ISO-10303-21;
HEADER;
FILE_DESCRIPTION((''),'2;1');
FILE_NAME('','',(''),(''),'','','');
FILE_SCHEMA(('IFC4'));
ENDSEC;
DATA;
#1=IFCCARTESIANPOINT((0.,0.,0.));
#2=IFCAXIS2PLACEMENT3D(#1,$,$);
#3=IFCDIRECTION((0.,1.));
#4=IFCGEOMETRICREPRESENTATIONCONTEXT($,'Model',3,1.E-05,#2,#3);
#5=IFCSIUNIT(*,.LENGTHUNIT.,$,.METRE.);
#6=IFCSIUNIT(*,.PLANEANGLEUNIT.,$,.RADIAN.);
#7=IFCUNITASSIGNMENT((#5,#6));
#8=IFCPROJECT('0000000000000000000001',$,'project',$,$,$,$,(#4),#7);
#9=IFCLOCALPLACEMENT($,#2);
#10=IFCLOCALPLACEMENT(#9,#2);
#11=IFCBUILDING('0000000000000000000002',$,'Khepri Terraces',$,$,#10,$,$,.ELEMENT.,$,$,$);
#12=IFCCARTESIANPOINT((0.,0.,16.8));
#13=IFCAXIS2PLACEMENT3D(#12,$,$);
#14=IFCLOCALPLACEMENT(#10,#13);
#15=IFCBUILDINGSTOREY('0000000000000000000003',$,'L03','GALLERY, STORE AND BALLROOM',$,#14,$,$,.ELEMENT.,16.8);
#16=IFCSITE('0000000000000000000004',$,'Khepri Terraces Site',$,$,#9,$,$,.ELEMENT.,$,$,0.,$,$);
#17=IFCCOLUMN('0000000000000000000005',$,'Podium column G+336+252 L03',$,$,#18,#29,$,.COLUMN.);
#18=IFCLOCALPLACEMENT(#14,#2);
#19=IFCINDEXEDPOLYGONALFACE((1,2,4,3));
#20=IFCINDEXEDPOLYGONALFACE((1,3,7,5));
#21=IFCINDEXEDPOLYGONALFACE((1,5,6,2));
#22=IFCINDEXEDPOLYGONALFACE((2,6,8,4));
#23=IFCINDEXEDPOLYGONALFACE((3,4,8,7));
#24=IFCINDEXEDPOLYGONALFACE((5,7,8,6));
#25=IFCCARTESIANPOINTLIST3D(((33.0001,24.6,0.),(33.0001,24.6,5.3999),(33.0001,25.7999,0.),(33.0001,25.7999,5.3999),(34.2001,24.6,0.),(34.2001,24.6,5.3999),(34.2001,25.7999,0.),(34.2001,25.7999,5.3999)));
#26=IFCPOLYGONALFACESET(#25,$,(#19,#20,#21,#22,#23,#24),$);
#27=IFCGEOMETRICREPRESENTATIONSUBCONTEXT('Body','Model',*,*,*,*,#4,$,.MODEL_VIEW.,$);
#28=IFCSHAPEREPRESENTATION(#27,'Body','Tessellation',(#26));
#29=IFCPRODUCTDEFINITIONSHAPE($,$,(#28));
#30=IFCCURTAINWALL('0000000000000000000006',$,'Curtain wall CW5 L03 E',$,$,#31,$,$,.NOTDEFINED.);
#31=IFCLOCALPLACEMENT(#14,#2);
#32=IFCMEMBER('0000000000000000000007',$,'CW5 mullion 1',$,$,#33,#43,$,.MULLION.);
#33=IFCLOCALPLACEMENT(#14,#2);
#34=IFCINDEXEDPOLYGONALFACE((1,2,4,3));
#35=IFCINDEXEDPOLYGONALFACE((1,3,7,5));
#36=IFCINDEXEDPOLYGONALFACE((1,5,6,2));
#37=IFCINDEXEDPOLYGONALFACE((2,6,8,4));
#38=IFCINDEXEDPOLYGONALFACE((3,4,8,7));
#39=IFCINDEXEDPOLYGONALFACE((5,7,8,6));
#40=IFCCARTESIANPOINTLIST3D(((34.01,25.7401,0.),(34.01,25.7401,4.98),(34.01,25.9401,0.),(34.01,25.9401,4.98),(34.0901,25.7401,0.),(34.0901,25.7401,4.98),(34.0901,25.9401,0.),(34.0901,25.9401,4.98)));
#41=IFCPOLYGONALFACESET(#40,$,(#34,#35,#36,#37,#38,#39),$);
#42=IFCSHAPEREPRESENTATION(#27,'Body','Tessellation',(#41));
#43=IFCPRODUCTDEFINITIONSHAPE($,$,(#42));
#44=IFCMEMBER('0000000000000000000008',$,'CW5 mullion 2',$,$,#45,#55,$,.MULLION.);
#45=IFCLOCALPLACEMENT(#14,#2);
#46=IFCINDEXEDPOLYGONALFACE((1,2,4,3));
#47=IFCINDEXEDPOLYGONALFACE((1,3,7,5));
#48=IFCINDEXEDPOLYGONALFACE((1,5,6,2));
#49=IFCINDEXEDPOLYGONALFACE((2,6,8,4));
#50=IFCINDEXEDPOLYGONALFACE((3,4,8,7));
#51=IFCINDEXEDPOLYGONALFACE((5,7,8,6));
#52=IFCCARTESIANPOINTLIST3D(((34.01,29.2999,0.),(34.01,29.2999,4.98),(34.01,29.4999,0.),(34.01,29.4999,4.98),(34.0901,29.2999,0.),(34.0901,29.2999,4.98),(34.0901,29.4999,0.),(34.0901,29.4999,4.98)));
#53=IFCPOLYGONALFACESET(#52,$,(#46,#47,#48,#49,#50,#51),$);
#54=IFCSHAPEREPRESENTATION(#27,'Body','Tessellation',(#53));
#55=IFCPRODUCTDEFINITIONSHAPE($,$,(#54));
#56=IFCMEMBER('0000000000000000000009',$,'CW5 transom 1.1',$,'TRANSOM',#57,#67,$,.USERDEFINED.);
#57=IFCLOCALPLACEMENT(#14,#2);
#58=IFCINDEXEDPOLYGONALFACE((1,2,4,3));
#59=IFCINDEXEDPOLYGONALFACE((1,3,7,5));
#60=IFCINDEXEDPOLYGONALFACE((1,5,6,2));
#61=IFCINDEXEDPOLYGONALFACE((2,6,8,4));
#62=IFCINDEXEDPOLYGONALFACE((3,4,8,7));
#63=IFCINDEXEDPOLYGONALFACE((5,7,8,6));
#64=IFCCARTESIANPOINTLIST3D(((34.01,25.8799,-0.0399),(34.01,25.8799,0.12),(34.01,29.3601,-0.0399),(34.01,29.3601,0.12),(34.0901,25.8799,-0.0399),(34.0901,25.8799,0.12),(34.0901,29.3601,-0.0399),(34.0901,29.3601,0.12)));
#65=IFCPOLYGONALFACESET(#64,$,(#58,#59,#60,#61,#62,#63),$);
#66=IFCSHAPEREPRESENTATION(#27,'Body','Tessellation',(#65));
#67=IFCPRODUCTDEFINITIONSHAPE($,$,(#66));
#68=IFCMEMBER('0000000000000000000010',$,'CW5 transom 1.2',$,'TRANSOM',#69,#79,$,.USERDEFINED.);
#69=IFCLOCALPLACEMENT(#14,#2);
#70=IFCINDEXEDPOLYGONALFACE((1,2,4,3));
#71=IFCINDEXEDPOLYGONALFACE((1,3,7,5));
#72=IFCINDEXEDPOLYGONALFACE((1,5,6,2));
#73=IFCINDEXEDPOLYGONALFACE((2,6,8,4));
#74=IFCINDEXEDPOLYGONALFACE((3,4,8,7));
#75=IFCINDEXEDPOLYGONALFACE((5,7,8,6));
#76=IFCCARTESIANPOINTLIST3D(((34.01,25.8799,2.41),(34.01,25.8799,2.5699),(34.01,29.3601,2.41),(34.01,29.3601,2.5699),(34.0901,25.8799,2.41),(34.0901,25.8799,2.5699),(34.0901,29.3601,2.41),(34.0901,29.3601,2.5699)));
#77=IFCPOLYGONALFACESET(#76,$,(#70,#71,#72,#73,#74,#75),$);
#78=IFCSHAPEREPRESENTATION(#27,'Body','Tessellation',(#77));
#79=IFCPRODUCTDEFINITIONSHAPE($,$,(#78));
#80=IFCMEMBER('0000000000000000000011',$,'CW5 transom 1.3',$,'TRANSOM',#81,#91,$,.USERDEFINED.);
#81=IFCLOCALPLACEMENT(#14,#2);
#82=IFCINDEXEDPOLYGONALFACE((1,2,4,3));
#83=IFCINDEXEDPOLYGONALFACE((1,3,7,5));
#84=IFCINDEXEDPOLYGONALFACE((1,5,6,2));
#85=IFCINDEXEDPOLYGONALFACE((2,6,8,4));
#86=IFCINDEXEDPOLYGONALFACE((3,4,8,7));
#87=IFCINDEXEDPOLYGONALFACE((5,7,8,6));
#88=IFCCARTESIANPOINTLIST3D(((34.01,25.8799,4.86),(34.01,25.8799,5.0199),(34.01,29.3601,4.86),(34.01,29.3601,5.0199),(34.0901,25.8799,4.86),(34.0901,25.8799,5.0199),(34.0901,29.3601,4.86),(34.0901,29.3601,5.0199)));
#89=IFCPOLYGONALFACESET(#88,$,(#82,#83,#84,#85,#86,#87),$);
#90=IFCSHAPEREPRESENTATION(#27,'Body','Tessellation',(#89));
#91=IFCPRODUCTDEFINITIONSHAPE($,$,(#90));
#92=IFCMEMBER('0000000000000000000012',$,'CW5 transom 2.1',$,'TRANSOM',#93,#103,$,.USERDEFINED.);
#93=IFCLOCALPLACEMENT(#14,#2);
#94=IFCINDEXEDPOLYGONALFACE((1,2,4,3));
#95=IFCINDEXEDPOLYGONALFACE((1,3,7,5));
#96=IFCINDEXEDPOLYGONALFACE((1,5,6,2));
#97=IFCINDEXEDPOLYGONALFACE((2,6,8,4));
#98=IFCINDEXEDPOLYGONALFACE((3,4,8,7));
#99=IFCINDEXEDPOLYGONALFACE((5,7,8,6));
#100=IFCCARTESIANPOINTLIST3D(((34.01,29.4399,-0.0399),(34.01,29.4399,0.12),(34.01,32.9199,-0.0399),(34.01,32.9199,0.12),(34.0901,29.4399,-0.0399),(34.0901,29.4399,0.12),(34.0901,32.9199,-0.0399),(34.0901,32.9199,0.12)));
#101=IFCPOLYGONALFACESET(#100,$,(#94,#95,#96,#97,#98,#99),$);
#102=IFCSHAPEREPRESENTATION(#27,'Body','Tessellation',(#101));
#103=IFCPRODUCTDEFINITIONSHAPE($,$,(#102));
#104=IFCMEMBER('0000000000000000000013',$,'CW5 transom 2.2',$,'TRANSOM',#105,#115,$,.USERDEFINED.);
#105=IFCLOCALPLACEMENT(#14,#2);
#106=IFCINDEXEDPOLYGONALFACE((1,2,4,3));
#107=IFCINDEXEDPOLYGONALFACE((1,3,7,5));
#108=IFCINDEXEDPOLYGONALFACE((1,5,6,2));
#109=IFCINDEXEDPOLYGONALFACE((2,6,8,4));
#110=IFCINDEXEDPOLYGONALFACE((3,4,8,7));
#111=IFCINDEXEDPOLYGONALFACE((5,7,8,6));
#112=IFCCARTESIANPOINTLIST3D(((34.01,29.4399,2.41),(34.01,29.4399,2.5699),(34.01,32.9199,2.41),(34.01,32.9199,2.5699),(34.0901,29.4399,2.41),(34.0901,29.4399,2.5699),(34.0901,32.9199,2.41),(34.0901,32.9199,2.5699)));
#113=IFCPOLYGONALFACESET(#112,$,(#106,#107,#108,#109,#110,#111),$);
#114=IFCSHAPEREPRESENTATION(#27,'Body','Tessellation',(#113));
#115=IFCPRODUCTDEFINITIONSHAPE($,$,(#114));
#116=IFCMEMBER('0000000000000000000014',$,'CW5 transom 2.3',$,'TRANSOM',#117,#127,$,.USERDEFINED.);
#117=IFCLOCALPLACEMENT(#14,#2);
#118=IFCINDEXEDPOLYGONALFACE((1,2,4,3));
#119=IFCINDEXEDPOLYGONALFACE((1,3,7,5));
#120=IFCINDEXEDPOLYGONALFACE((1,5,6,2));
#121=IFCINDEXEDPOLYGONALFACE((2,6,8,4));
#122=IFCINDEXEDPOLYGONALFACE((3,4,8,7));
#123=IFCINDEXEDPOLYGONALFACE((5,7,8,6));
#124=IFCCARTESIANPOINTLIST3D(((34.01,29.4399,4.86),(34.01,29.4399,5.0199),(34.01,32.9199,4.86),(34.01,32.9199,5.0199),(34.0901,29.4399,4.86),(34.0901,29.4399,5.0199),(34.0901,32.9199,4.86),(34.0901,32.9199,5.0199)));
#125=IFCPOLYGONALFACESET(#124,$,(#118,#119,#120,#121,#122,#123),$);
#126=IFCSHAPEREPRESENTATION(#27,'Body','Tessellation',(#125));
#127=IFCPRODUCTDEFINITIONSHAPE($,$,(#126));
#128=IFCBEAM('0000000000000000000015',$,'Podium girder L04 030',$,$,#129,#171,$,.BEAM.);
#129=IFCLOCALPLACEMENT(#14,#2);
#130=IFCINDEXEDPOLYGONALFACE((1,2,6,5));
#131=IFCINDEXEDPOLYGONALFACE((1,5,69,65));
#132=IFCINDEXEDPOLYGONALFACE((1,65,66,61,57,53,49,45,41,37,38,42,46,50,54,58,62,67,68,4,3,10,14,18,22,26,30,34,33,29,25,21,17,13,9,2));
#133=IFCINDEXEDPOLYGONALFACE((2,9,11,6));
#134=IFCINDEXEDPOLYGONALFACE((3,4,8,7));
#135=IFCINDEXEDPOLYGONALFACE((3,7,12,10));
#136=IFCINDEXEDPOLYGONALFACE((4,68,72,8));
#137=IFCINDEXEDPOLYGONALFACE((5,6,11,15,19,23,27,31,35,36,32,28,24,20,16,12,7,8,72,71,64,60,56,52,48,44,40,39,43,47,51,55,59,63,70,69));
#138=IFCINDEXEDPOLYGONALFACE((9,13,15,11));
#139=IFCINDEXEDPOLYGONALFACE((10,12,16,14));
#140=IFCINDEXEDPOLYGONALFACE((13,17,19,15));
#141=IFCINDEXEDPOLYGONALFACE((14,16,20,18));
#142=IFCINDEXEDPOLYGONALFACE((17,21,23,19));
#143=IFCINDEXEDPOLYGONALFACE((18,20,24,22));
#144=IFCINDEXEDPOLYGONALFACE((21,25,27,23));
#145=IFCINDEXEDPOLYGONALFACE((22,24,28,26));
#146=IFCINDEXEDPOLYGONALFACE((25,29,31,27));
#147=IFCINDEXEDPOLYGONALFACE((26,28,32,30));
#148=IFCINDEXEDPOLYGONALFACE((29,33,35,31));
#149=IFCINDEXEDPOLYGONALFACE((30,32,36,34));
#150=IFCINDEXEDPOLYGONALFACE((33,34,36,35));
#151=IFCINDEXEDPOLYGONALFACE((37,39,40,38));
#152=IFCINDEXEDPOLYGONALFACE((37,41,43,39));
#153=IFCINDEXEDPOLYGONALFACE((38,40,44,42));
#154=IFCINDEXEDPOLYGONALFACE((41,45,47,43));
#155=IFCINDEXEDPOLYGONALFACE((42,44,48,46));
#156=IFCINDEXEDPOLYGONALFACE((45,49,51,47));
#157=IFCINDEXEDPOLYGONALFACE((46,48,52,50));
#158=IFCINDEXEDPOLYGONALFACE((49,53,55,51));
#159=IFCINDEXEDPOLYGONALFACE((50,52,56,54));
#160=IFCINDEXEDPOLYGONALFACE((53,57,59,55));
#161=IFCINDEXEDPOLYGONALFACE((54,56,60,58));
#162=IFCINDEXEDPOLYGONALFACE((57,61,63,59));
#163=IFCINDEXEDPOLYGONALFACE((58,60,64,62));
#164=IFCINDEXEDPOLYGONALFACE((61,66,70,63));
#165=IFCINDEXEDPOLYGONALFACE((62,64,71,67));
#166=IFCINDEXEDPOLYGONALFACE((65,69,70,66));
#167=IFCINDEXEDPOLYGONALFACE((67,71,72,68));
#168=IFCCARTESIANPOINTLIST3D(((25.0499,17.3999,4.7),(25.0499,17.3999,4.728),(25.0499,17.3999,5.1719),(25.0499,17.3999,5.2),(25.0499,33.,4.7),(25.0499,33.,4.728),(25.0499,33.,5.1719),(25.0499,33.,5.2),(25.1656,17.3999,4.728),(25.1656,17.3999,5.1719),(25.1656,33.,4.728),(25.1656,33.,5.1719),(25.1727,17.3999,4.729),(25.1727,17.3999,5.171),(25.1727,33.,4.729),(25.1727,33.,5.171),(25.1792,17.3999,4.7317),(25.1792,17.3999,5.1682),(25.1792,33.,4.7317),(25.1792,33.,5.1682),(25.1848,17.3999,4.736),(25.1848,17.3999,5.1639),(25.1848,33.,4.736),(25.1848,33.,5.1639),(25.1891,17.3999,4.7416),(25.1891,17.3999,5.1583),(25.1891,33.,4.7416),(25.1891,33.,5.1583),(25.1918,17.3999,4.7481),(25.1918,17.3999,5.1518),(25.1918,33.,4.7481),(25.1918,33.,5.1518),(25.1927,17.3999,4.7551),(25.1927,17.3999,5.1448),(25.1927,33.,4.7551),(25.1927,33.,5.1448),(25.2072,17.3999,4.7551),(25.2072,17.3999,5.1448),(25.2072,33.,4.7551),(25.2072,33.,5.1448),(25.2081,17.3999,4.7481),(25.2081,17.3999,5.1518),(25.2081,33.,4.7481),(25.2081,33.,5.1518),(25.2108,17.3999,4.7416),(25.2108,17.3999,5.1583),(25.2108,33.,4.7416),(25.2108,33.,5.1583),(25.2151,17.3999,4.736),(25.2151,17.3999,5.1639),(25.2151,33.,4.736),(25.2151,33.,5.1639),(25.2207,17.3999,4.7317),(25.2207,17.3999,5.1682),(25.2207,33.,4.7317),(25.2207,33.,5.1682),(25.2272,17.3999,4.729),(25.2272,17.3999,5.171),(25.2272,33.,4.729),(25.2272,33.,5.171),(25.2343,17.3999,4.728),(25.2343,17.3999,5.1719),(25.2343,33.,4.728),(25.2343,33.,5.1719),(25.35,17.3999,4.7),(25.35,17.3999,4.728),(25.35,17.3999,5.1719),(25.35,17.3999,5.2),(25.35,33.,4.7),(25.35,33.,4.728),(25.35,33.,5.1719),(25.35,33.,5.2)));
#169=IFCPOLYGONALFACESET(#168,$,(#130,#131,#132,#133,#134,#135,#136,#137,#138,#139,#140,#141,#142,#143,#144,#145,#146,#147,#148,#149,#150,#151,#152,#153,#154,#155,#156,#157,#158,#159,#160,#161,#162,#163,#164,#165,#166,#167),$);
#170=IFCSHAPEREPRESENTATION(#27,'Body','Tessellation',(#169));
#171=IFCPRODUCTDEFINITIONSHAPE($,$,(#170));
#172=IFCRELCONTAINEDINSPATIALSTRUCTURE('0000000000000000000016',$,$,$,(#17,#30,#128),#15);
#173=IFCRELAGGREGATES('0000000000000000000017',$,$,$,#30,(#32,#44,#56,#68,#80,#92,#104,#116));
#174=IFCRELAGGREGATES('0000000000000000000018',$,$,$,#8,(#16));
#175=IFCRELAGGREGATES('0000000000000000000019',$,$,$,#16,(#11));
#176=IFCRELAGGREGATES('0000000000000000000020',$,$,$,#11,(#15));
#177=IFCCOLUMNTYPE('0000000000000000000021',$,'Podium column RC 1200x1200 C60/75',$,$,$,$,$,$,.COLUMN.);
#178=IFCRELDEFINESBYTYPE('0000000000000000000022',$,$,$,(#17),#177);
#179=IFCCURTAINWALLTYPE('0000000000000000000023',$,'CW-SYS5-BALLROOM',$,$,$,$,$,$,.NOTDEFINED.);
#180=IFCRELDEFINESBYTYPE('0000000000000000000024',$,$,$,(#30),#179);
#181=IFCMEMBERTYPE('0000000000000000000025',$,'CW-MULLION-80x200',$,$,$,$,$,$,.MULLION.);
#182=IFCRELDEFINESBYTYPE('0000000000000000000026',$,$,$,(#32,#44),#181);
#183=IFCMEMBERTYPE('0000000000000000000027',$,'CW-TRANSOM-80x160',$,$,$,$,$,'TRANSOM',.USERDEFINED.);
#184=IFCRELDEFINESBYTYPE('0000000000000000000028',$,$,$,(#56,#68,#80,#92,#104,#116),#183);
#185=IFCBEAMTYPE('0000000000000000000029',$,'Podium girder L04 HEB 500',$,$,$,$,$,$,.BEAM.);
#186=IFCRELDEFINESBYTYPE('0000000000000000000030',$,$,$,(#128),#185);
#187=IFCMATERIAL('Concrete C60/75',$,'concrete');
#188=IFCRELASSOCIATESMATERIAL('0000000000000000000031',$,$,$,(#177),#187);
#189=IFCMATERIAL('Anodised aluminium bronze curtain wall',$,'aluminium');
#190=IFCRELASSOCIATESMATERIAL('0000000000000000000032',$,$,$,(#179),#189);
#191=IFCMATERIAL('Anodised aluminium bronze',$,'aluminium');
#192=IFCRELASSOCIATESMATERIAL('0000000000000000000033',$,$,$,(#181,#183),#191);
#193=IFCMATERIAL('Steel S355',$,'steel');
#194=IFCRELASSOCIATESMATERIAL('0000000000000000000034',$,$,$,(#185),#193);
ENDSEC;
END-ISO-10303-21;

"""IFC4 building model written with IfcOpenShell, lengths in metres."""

from ifc_helpers import new_model, si_unit, direction, frame, origin, origin_2d, place, context, subcontext, project, spatial, rectangle, i_section, extrude, material, material_profile, profile_set, type_object, element, aggregate, save


model = new_model("IFC4")

# Units and contexts
model_context = context("Model", 3, precision=1e-05, world=origin(), true_north=direction((0.0, 1.0)))
body_context = subcontext(model_context, "Body", "Model", "MODEL_VIEW")
ifc_project = project(units=[si_unit("LENGTHUNIT", "METRE"), si_unit("PLANEANGLEUNIT", "RADIAN")], contexts=[model_context])

# Site, building, storey
site_placement = place(None, origin())
site = spatial("IfcSite", under=ifc_project, at=site_placement, Name="Khepri Terraces Site", CompositionType="ELEMENT", RefElevation=0.0)
building_placement = place(site_placement, origin())
building = spatial("IfcBuilding", under=site, at=building_placement, Name="Khepri Terraces", CompositionType="ELEMENT")
storey_placement = place(building_placement, frame((0.0, 0.0, 16.8)))
storey = spatial("IfcBuildingStorey", under=building, at=storey_placement, Name="L03", Description="GALLERY, STORE AND BALLROOM", CompositionType="ELEMENT", Elevation=16.8)

# Column
ifc_material_1 = material(Name="Concrete C60/75", Category="concrete")
ifc_material_profile_1 = material_profile(ifc_material_1, rectangle(XDim=1.2, YDim=1.2, at=origin_2d()), Name="Concrete C60/75", Category="concrete")
ifc_profile_set_1 = profile_set([ifc_material_profile_1], Name="Concrete C60/75")
column_type = type_object("IfcColumnType", Name="Podium column RC 1200x1200 C60/75", PredefinedType="COLUMN", material=ifc_profile_set_1)
column_placement = place(storey_placement, frame((33.6001, 25.2, 0.0), z_axis=(0.0, 0.0, 1.0), x_axis=(1.0, 0.0, 0.0)))
element("IfcColumn", 1, at=column_placement, inside=storey, type_object=column_type, Name="Podium column G+336+252 L03", PredefinedType="COLUMN", context=body_context, shape_type="SweptSolid", body=[
    extrude(rectangle(XDim=1.2, YDim=1.2, at=origin_2d()), origin(), (0.0, 0.0, 1.0), 5.3999),
])

# Curtain wall, members
ifc_material_2 = material(Name="Anodised aluminium bronze curtain wall", Category="aluminium")
curtain_wall_type = type_object("IfcCurtainWallType", Name="CW-SYS5-BALLROOM", PredefinedType="NOTDEFINED", material=ifc_material_2)
curtain_wall_placement = place(storey_placement, origin())
curtain_wall = element("IfcCurtainWall", 2, at=curtain_wall_placement, inside=storey, type_object=curtain_wall_type, Name="Curtain wall CW5 L03 E", PredefinedType="NOTDEFINED")
ifc_material_3 = material(Name="Anodised aluminium bronze", Category="aluminium")
ifc_material_profile_2 = material_profile(ifc_material_3, rectangle(XDim=0.0801, YDim=0.2, at=origin_2d()), Name="Anodised aluminium bronze", Category="aluminium")
ifc_profile_set_2 = profile_set([ifc_material_profile_2], Name="Anodised aluminium bronze")
member_type_1 = type_object("IfcMemberType", Name="CW-MULLION-80x200", PredefinedType="MULLION", material=ifc_profile_set_2)
member_1_placement = place(storey_placement, frame((34.05, 25.8401, 0.0), z_axis=(0.0, 0.0, 1.0), x_axis=(-1.0, 0.0, 0.0)))
member_1 = element("IfcMember", 3, at=member_1_placement, type_object=member_type_1, Name="CW5 mullion 1", PredefinedType="MULLION", context=body_context, shape_type="SweptSolid", body=[
    extrude(rectangle(XDim=0.0801, YDim=0.2, at=origin_2d()), origin(), (0.0, 0.0, 1.0), 4.98),
])
member_2_placement = place(storey_placement, frame((34.05, 29.3999, 0.0), z_axis=(0.0, 0.0, 1.0), x_axis=(-1.0, 0.0, 0.0)))
member_2 = element("IfcMember", 4, at=member_2_placement, type_object=member_type_1, Name="CW5 mullion 2", PredefinedType="MULLION", context=body_context, shape_type="SweptSolid", body=[
    extrude(rectangle(XDim=0.0801, YDim=0.2, at=origin_2d()), origin(), (0.0, 0.0, 1.0), 4.98),
])
ifc_material_profile_3 = material_profile(ifc_material_3, rectangle(XDim=0.0801, YDim=0.1599, at=origin_2d()), Name="Anodised aluminium bronze", Category="aluminium")
ifc_profile_set_3 = profile_set([ifc_material_profile_3], Name="Anodised aluminium bronze")
member_type_2 = type_object("IfcMemberType", Name="CW-TRANSOM-80x160", ElementType="TRANSOM", PredefinedType="USERDEFINED", material=ifc_profile_set_3)
member_3_placement = place(storey_placement, frame((34.05, 25.8799, 0.04), z_axis=(0.0, 1.0, 0.0), x_axis=(-1.0, 0.0, 0.0)))
member_3 = element("IfcMember", 5, at=member_3_placement, type_object=member_type_2, Name="CW5 transom 1.1", ObjectType="TRANSOM", PredefinedType="USERDEFINED", context=body_context, shape_type="SweptSolid", body=[
    extrude(rectangle(XDim=0.0801, YDim=0.1599, at=origin_2d()), origin(), (0.0, 0.0, 1.0), 3.4802),
])
member_4_placement = place(storey_placement, frame((34.05, 25.8799, 2.49), z_axis=(0.0, 1.0, 0.0), x_axis=(-1.0, 0.0, 0.0)))
member_4 = element("IfcMember", 6, at=member_4_placement, type_object=member_type_2, Name="CW5 transom 1.2", ObjectType="TRANSOM", PredefinedType="USERDEFINED", context=body_context, shape_type="SweptSolid", body=[
    extrude(rectangle(XDim=0.0801, YDim=0.1599, at=origin_2d()), origin(), (0.0, 0.0, 1.0), 3.4802),
])
member_5_placement = place(storey_placement, frame((34.05, 25.8799, 4.9399), z_axis=(0.0, 1.0, 0.0), x_axis=(-1.0, 0.0, 0.0)))
member_5 = element("IfcMember", 7, at=member_5_placement, type_object=member_type_2, Name="CW5 transom 1.3", ObjectType="TRANSOM", PredefinedType="USERDEFINED", context=body_context, shape_type="SweptSolid", body=[
    extrude(rectangle(XDim=0.0801, YDim=0.1599, at=origin_2d()), origin(), (0.0, 0.0, 1.0), 3.4802),
])
member_6_placement = place(storey_placement, frame((34.05, 29.4399, 0.04), z_axis=(0.0, 1.0, 0.0), x_axis=(-1.0, 0.0, 0.0)))
member_6 = element("IfcMember", 8, at=member_6_placement, type_object=member_type_2, Name="CW5 transom 2.1", ObjectType="TRANSOM", PredefinedType="USERDEFINED", context=body_context, shape_type="SweptSolid", body=[
    extrude(rectangle(XDim=0.0801, YDim=0.1599, at=origin_2d()), origin(), (0.0, 0.0, 1.0), 3.48),
])
member_7_placement = place(storey_placement, frame((34.05, 29.4399, 2.49), z_axis=(0.0, 1.0, 0.0), x_axis=(-1.0, 0.0, 0.0)))
member_7 = element("IfcMember", 9, at=member_7_placement, type_object=member_type_2, Name="CW5 transom 2.2", ObjectType="TRANSOM", PredefinedType="USERDEFINED", context=body_context, shape_type="SweptSolid", body=[
    extrude(rectangle(XDim=0.0801, YDim=0.1599, at=origin_2d()), origin(), (0.0, 0.0, 1.0), 3.48),
])
member_8_placement = place(storey_placement, frame((34.05, 29.4399, 4.9399), z_axis=(0.0, 1.0, 0.0), x_axis=(-1.0, 0.0, 0.0)))
member_8 = element("IfcMember", 10, at=member_8_placement, type_object=member_type_2, Name="CW5 transom 2.3", ObjectType="TRANSOM", PredefinedType="USERDEFINED", context=body_context, shape_type="SweptSolid", body=[
    extrude(rectangle(XDim=0.0801, YDim=0.1599, at=origin_2d()), origin(), (0.0, 0.0, 1.0), 3.48),
])

# Beam
ifc_material_4 = material(Name="Steel S355", Category="steel")
ifc_material_profile_4 = material_profile(ifc_material_4, i_section(OverallWidth=0.3, OverallDepth=0.5, WebThickness=0.0144, FlangeThickness=0.0281, FilletRadius=0.0271, at=origin_2d()), Name="Steel S355", Category="steel")
ifc_profile_set_4 = profile_set([ifc_material_profile_4], Name="Steel S355")
beam_type_1 = type_object("IfcBeamType", Name="Podium girder L04 HEB 500", PredefinedType="BEAM", material=ifc_profile_set_4)
beam_1_placement = place(storey_placement, frame((25.2, 17.3999, 4.95), z_axis=(0.0, 1.0, 0.0), x_axis=(-1.0, 0.0, 0.0)))
element("IfcBeam", 11, at=beam_1_placement, inside=storey, type_object=beam_type_1, Name="Podium girder L04 030", PredefinedType="BEAM", context=body_context, shape_type="SweptSolid", body=[
    extrude(i_section(OverallWidth=0.3, OverallDepth=0.5, WebThickness=0.0144, FlangeThickness=0.0281, FilletRadius=0.0271, at=origin_2d()), origin(), (0.0, 0.0, 1.0), 15.6001),
])

aggregate(curtain_wall, [member_1, member_2, member_3, member_4, member_5, member_6, member_7, member_8])

save(model, "model.ifc")
